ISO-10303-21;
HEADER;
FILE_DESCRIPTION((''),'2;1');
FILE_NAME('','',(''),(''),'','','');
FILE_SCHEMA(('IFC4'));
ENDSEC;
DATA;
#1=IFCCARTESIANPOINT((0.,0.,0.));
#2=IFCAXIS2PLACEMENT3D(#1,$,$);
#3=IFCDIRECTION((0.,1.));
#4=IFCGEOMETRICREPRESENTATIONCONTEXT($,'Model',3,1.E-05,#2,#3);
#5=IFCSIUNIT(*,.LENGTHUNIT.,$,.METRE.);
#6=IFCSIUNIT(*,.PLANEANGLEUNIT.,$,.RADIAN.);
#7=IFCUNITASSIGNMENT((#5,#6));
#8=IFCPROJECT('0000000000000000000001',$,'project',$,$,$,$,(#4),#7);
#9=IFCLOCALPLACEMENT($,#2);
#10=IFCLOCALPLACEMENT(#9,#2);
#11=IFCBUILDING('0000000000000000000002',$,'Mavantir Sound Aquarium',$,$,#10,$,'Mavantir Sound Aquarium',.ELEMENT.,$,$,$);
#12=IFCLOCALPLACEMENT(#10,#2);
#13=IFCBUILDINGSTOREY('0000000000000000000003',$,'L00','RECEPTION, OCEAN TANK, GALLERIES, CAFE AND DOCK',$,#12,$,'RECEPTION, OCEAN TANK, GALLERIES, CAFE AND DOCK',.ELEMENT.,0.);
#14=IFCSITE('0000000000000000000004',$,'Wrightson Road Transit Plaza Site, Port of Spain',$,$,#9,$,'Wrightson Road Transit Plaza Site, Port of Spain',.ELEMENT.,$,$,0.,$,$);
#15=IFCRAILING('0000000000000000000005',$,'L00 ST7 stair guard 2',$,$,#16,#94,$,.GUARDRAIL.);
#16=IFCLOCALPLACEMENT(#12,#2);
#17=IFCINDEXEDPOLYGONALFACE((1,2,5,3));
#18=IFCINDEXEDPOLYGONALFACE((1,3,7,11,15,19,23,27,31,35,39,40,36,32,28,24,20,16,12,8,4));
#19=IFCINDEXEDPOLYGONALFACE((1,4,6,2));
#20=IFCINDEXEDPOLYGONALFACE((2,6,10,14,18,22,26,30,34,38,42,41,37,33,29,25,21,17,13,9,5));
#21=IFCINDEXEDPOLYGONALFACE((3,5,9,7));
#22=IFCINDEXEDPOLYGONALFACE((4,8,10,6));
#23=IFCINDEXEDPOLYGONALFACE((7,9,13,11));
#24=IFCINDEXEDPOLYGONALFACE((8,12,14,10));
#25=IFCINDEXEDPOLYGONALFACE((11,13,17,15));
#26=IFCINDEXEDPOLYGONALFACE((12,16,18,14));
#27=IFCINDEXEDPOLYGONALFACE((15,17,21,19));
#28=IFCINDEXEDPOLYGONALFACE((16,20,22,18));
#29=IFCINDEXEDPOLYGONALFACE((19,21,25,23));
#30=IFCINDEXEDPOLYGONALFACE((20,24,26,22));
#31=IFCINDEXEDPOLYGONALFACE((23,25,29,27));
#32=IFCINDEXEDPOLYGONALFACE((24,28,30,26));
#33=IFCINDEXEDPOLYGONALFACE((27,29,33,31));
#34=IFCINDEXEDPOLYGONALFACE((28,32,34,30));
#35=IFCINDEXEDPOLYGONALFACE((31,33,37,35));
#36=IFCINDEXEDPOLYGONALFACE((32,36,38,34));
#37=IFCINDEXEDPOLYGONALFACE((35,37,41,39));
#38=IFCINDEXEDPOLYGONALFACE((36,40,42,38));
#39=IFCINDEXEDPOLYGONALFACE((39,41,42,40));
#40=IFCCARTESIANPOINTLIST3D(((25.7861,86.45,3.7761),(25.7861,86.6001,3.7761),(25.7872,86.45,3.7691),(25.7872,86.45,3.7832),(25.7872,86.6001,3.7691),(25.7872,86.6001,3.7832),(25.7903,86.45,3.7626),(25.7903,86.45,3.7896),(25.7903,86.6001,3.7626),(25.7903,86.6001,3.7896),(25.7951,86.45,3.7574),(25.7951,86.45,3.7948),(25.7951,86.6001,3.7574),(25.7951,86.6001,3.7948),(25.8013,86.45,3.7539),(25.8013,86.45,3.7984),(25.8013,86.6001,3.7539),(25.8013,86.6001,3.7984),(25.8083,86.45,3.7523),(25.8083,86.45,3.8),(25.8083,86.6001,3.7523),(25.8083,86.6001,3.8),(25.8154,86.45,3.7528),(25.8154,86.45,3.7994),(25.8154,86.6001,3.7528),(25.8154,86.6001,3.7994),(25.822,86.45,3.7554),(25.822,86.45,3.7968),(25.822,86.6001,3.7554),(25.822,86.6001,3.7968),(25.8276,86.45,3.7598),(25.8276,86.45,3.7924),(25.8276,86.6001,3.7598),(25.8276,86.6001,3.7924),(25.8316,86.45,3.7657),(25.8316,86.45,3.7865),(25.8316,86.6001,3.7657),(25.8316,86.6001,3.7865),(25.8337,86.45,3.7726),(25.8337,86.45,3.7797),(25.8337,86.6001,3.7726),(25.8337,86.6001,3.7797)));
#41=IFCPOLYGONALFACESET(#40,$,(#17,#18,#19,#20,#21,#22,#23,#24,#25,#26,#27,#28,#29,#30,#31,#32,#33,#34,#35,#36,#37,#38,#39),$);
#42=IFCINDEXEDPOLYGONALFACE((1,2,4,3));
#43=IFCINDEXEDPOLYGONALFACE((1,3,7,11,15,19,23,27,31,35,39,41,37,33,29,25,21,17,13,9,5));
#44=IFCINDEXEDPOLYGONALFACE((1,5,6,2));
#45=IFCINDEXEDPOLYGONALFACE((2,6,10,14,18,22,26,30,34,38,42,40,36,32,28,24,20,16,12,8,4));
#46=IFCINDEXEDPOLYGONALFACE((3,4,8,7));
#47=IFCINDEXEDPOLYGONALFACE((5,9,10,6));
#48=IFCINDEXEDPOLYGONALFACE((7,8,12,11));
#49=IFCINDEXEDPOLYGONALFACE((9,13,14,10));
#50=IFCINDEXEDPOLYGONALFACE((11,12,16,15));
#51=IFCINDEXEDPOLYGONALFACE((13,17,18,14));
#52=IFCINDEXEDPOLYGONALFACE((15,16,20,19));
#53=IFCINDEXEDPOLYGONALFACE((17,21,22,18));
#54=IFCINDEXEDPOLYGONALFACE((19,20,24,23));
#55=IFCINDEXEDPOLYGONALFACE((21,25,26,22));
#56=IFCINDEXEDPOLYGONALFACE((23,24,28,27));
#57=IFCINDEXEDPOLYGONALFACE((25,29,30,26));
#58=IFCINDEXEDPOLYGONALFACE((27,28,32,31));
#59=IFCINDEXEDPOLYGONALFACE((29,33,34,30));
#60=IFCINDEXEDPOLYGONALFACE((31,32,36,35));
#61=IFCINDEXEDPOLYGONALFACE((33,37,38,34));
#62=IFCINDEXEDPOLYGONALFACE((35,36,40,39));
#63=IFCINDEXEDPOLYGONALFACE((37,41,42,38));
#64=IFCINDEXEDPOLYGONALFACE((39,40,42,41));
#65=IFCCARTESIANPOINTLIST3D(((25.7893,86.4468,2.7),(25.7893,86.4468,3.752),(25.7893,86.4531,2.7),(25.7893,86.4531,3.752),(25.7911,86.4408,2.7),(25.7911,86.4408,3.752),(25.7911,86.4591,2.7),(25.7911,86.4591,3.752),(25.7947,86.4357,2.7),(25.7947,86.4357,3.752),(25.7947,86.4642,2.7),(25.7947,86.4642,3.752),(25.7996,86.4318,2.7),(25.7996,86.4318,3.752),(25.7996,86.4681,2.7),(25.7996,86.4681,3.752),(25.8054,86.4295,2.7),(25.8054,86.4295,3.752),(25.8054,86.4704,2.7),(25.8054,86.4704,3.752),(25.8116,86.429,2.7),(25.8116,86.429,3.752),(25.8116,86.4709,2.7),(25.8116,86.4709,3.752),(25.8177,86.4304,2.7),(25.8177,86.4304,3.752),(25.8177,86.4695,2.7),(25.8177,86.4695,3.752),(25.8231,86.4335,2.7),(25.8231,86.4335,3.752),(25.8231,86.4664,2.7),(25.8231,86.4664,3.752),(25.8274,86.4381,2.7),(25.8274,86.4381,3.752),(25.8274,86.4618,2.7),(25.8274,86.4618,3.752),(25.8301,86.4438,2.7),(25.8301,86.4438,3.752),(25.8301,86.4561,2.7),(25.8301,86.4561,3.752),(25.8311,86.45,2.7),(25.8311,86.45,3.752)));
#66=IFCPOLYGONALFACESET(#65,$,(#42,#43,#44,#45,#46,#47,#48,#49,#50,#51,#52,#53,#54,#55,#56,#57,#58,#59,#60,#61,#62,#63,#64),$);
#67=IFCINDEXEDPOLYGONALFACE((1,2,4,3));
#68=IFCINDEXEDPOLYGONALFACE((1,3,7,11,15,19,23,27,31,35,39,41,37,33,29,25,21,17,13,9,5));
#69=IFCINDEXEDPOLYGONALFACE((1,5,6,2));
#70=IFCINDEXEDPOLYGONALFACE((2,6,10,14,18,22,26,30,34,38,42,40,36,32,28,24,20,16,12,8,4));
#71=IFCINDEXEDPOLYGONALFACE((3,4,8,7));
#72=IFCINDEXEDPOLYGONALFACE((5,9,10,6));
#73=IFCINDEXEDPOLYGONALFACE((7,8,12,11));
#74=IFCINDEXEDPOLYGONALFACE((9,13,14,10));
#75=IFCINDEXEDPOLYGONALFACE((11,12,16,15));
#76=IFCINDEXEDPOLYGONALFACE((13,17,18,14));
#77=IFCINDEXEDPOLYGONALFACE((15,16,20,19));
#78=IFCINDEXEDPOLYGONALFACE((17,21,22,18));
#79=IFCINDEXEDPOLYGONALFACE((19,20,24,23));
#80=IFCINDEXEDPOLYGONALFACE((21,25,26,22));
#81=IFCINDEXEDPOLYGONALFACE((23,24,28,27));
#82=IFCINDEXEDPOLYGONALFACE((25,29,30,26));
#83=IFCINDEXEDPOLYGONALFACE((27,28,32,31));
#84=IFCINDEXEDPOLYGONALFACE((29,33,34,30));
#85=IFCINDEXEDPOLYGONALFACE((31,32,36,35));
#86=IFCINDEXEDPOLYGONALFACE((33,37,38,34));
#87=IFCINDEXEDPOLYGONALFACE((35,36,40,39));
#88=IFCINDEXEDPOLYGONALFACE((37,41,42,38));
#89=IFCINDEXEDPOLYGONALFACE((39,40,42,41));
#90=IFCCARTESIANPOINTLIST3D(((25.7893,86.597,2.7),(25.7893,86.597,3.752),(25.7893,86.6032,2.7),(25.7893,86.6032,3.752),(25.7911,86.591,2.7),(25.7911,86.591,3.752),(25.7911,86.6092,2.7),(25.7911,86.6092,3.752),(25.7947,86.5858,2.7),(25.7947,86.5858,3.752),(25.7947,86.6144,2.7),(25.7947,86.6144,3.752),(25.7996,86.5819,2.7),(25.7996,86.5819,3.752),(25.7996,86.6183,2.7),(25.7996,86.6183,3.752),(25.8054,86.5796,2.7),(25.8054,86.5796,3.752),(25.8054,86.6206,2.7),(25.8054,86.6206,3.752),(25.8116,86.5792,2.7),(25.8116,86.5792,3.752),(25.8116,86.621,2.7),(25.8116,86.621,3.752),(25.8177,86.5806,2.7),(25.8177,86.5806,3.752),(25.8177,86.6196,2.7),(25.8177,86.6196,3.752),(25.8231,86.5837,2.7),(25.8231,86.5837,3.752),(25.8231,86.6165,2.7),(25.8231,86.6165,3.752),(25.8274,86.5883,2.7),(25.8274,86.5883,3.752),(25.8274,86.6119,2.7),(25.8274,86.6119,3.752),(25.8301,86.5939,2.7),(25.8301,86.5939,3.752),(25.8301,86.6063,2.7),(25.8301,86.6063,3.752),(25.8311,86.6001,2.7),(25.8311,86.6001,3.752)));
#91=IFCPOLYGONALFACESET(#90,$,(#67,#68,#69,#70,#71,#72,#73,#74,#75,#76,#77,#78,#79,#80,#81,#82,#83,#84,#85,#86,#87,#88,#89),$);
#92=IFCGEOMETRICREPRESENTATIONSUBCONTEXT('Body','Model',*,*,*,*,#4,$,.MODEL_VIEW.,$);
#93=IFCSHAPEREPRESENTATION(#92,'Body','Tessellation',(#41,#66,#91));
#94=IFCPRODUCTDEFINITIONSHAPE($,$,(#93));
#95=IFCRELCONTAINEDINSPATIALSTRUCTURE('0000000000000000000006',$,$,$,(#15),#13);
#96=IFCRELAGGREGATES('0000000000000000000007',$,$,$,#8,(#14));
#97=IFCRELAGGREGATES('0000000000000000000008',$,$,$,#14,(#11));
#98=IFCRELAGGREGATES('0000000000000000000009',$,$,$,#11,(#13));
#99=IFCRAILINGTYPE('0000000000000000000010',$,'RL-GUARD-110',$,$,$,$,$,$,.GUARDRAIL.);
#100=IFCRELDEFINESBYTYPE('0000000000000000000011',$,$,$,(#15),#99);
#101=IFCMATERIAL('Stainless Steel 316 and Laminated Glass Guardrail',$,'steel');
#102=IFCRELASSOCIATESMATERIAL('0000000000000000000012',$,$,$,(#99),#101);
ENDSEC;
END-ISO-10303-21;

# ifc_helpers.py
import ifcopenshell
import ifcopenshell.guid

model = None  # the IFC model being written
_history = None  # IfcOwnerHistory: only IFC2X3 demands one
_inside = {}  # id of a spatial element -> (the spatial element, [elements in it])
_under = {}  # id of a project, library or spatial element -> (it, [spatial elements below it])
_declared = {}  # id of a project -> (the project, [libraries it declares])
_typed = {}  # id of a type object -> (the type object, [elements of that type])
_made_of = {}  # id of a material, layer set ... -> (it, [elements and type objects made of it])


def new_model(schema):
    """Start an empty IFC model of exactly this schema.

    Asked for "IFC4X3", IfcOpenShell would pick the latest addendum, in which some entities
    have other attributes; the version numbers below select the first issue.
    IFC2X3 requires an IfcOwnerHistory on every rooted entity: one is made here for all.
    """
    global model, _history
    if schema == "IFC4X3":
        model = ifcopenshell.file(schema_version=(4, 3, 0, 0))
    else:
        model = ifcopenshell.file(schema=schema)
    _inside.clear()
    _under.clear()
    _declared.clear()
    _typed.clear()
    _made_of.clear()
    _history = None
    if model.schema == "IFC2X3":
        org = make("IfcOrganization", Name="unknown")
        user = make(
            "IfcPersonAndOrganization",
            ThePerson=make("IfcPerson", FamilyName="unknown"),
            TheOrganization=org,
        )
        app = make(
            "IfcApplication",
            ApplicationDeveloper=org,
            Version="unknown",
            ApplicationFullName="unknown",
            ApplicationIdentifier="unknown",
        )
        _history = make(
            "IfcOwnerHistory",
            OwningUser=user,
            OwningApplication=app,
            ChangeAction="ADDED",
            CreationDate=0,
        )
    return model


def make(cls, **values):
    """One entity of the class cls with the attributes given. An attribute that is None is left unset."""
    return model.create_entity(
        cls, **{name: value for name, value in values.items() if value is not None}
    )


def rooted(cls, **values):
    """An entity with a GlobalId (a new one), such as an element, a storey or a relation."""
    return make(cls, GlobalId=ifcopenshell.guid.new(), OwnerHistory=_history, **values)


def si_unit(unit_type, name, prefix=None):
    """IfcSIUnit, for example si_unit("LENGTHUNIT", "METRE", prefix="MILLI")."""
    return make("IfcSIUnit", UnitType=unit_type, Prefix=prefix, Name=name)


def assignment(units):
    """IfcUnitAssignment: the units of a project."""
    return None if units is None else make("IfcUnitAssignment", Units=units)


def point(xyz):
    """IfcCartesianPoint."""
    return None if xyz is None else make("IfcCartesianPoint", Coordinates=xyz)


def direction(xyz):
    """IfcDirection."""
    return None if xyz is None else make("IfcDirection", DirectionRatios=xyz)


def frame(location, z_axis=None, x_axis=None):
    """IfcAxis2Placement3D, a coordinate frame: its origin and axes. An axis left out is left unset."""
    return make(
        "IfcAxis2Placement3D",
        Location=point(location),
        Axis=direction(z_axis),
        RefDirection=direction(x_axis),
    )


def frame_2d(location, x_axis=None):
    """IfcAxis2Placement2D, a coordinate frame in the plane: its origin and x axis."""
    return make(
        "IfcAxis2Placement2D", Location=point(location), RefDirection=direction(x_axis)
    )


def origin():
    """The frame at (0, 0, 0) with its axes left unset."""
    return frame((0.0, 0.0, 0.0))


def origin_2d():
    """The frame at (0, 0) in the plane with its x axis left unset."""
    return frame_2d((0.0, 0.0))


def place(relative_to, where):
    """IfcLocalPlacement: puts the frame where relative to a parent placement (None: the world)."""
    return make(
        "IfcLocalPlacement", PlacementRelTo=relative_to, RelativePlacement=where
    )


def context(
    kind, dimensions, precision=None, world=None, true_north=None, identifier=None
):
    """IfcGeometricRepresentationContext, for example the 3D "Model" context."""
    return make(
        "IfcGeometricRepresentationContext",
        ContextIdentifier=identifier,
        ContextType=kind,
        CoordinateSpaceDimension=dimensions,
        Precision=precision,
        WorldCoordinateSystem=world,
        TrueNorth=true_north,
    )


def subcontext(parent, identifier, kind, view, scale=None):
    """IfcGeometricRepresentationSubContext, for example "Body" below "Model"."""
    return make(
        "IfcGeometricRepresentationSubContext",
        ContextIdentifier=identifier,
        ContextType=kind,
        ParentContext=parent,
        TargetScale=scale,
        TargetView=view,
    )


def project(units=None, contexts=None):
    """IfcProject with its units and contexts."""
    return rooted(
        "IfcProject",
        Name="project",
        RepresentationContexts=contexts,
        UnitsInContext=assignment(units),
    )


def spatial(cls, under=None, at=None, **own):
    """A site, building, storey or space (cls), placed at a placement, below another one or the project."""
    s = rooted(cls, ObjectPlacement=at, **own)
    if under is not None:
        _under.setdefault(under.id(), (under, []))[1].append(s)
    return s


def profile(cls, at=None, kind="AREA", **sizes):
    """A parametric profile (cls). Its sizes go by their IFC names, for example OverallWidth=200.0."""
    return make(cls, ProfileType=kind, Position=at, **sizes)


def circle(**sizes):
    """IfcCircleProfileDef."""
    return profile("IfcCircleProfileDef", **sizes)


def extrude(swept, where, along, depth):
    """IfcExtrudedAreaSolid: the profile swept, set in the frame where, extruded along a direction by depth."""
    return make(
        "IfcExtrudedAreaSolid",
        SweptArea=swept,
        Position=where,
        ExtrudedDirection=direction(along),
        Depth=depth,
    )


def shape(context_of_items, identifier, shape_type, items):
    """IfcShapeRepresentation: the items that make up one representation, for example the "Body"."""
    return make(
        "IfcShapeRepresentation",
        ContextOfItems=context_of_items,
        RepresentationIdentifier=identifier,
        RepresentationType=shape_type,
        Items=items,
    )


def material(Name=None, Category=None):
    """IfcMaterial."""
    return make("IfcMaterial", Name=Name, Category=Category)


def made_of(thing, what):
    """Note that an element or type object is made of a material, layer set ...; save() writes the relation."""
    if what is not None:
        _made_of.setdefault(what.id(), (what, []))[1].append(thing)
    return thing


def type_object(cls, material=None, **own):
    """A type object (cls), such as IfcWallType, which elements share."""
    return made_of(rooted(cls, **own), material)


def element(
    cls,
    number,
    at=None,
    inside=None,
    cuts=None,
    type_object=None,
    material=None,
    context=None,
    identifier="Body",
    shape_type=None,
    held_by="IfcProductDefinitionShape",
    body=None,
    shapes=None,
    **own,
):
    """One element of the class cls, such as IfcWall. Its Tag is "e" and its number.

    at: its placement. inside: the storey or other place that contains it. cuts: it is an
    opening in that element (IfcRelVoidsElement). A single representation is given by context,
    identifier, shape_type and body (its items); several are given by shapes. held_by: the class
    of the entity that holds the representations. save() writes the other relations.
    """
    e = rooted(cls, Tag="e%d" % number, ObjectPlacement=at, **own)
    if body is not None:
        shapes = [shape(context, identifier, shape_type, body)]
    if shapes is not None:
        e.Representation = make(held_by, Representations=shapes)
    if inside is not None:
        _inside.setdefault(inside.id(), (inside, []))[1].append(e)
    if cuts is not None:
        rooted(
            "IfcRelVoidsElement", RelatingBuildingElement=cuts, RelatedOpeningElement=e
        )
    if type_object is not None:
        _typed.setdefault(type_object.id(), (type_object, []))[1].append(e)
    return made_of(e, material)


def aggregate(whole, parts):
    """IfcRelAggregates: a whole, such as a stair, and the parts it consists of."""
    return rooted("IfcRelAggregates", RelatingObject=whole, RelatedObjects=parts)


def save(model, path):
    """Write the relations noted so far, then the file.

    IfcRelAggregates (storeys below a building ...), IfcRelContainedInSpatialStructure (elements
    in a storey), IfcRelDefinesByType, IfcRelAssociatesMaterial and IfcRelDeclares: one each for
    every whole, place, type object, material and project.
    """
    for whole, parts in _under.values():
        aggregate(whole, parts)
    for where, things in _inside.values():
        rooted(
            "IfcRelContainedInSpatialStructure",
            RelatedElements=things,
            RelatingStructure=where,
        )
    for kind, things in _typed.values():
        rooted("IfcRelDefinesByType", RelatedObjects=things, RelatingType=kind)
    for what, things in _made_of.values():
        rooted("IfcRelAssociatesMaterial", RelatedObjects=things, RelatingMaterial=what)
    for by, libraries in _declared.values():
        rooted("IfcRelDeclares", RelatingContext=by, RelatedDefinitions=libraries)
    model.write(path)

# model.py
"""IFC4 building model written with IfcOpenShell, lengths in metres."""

from ifc_helpers import new_model, si_unit, direction, frame, origin, origin_2d, place, context, subcontext, project, spatial, circle, extrude, material, type_object, element, save


model = new_model("IFC4")

# Units and contexts
model_context = context("Model", 3, precision=1e-05, world=origin(), true_north=direction((0.0, 1.0)))
body_context = subcontext(model_context, "Body", "Model", "MODEL_VIEW")
ifc_project = project(units=[si_unit("LENGTHUNIT", "METRE"), si_unit("PLANEANGLEUNIT", "RADIAN")], contexts=[model_context])

# Site, building, storey
site_placement = place(None, origin())
site = spatial("IfcSite", under=ifc_project, at=site_placement, Name="Wrightson Road Transit Plaza Site, Port of Spain", LongName="Wrightson Road Transit Plaza Site, Port of Spain", CompositionType="ELEMENT", RefElevation=0.0)
building_placement = place(site_placement, origin())
building = spatial("IfcBuilding", under=site, at=building_placement, Name="Mavantir Sound Aquarium", LongName="Mavantir Sound Aquarium", CompositionType="ELEMENT")
storey_placement = place(building_placement, origin())
storey = spatial("IfcBuildingStorey", under=building, at=storey_placement, Name="L00", Description="RECEPTION, OCEAN TANK, GALLERIES, CAFE AND DOCK", LongName="RECEPTION, OCEAN TANK, GALLERIES, CAFE AND DOCK", CompositionType="ELEMENT", Elevation=0.0)

# Railing
ifc_material_1 = material(Name="Stainless Steel 316 and Laminated Glass Guardrail", Category="steel")
railing_type_1 = type_object("IfcRailingType", Name="RL-GUARD-110", PredefinedType="GUARDRAIL", material=ifc_material_1)
railing_1_placement = place(storey_placement, frame((25.8101, 86.45, 2.7)))
element("IfcRailing", 1, at=railing_1_placement, inside=storey, type_object=railing_type_1, Name="L00 ST7 stair guard 2", PredefinedType="GUARDRAIL", context=body_context, shape_type="SweptSolid", body=[
    extrude(circle(Radius=0.0239, at=origin_2d()), frame((0.0, 0.0, 1.0762), z_axis=(0.0, 1.0, 0.0), x_axis=(-1.0, 0.0, 0.0)), (0.0, 0.0, 1.0), 0.1501),
    extrude(circle(Radius=0.021, at=origin_2d()), origin(), (0.0, 0.0, 1.0), 1.052),
    extrude(circle(Radius=0.021, at=origin_2d()), frame((0.0, 0.1501, 0.0)), (0.0, 0.0, 1.0), 1.052),
])

save(model, "model.ifc")
